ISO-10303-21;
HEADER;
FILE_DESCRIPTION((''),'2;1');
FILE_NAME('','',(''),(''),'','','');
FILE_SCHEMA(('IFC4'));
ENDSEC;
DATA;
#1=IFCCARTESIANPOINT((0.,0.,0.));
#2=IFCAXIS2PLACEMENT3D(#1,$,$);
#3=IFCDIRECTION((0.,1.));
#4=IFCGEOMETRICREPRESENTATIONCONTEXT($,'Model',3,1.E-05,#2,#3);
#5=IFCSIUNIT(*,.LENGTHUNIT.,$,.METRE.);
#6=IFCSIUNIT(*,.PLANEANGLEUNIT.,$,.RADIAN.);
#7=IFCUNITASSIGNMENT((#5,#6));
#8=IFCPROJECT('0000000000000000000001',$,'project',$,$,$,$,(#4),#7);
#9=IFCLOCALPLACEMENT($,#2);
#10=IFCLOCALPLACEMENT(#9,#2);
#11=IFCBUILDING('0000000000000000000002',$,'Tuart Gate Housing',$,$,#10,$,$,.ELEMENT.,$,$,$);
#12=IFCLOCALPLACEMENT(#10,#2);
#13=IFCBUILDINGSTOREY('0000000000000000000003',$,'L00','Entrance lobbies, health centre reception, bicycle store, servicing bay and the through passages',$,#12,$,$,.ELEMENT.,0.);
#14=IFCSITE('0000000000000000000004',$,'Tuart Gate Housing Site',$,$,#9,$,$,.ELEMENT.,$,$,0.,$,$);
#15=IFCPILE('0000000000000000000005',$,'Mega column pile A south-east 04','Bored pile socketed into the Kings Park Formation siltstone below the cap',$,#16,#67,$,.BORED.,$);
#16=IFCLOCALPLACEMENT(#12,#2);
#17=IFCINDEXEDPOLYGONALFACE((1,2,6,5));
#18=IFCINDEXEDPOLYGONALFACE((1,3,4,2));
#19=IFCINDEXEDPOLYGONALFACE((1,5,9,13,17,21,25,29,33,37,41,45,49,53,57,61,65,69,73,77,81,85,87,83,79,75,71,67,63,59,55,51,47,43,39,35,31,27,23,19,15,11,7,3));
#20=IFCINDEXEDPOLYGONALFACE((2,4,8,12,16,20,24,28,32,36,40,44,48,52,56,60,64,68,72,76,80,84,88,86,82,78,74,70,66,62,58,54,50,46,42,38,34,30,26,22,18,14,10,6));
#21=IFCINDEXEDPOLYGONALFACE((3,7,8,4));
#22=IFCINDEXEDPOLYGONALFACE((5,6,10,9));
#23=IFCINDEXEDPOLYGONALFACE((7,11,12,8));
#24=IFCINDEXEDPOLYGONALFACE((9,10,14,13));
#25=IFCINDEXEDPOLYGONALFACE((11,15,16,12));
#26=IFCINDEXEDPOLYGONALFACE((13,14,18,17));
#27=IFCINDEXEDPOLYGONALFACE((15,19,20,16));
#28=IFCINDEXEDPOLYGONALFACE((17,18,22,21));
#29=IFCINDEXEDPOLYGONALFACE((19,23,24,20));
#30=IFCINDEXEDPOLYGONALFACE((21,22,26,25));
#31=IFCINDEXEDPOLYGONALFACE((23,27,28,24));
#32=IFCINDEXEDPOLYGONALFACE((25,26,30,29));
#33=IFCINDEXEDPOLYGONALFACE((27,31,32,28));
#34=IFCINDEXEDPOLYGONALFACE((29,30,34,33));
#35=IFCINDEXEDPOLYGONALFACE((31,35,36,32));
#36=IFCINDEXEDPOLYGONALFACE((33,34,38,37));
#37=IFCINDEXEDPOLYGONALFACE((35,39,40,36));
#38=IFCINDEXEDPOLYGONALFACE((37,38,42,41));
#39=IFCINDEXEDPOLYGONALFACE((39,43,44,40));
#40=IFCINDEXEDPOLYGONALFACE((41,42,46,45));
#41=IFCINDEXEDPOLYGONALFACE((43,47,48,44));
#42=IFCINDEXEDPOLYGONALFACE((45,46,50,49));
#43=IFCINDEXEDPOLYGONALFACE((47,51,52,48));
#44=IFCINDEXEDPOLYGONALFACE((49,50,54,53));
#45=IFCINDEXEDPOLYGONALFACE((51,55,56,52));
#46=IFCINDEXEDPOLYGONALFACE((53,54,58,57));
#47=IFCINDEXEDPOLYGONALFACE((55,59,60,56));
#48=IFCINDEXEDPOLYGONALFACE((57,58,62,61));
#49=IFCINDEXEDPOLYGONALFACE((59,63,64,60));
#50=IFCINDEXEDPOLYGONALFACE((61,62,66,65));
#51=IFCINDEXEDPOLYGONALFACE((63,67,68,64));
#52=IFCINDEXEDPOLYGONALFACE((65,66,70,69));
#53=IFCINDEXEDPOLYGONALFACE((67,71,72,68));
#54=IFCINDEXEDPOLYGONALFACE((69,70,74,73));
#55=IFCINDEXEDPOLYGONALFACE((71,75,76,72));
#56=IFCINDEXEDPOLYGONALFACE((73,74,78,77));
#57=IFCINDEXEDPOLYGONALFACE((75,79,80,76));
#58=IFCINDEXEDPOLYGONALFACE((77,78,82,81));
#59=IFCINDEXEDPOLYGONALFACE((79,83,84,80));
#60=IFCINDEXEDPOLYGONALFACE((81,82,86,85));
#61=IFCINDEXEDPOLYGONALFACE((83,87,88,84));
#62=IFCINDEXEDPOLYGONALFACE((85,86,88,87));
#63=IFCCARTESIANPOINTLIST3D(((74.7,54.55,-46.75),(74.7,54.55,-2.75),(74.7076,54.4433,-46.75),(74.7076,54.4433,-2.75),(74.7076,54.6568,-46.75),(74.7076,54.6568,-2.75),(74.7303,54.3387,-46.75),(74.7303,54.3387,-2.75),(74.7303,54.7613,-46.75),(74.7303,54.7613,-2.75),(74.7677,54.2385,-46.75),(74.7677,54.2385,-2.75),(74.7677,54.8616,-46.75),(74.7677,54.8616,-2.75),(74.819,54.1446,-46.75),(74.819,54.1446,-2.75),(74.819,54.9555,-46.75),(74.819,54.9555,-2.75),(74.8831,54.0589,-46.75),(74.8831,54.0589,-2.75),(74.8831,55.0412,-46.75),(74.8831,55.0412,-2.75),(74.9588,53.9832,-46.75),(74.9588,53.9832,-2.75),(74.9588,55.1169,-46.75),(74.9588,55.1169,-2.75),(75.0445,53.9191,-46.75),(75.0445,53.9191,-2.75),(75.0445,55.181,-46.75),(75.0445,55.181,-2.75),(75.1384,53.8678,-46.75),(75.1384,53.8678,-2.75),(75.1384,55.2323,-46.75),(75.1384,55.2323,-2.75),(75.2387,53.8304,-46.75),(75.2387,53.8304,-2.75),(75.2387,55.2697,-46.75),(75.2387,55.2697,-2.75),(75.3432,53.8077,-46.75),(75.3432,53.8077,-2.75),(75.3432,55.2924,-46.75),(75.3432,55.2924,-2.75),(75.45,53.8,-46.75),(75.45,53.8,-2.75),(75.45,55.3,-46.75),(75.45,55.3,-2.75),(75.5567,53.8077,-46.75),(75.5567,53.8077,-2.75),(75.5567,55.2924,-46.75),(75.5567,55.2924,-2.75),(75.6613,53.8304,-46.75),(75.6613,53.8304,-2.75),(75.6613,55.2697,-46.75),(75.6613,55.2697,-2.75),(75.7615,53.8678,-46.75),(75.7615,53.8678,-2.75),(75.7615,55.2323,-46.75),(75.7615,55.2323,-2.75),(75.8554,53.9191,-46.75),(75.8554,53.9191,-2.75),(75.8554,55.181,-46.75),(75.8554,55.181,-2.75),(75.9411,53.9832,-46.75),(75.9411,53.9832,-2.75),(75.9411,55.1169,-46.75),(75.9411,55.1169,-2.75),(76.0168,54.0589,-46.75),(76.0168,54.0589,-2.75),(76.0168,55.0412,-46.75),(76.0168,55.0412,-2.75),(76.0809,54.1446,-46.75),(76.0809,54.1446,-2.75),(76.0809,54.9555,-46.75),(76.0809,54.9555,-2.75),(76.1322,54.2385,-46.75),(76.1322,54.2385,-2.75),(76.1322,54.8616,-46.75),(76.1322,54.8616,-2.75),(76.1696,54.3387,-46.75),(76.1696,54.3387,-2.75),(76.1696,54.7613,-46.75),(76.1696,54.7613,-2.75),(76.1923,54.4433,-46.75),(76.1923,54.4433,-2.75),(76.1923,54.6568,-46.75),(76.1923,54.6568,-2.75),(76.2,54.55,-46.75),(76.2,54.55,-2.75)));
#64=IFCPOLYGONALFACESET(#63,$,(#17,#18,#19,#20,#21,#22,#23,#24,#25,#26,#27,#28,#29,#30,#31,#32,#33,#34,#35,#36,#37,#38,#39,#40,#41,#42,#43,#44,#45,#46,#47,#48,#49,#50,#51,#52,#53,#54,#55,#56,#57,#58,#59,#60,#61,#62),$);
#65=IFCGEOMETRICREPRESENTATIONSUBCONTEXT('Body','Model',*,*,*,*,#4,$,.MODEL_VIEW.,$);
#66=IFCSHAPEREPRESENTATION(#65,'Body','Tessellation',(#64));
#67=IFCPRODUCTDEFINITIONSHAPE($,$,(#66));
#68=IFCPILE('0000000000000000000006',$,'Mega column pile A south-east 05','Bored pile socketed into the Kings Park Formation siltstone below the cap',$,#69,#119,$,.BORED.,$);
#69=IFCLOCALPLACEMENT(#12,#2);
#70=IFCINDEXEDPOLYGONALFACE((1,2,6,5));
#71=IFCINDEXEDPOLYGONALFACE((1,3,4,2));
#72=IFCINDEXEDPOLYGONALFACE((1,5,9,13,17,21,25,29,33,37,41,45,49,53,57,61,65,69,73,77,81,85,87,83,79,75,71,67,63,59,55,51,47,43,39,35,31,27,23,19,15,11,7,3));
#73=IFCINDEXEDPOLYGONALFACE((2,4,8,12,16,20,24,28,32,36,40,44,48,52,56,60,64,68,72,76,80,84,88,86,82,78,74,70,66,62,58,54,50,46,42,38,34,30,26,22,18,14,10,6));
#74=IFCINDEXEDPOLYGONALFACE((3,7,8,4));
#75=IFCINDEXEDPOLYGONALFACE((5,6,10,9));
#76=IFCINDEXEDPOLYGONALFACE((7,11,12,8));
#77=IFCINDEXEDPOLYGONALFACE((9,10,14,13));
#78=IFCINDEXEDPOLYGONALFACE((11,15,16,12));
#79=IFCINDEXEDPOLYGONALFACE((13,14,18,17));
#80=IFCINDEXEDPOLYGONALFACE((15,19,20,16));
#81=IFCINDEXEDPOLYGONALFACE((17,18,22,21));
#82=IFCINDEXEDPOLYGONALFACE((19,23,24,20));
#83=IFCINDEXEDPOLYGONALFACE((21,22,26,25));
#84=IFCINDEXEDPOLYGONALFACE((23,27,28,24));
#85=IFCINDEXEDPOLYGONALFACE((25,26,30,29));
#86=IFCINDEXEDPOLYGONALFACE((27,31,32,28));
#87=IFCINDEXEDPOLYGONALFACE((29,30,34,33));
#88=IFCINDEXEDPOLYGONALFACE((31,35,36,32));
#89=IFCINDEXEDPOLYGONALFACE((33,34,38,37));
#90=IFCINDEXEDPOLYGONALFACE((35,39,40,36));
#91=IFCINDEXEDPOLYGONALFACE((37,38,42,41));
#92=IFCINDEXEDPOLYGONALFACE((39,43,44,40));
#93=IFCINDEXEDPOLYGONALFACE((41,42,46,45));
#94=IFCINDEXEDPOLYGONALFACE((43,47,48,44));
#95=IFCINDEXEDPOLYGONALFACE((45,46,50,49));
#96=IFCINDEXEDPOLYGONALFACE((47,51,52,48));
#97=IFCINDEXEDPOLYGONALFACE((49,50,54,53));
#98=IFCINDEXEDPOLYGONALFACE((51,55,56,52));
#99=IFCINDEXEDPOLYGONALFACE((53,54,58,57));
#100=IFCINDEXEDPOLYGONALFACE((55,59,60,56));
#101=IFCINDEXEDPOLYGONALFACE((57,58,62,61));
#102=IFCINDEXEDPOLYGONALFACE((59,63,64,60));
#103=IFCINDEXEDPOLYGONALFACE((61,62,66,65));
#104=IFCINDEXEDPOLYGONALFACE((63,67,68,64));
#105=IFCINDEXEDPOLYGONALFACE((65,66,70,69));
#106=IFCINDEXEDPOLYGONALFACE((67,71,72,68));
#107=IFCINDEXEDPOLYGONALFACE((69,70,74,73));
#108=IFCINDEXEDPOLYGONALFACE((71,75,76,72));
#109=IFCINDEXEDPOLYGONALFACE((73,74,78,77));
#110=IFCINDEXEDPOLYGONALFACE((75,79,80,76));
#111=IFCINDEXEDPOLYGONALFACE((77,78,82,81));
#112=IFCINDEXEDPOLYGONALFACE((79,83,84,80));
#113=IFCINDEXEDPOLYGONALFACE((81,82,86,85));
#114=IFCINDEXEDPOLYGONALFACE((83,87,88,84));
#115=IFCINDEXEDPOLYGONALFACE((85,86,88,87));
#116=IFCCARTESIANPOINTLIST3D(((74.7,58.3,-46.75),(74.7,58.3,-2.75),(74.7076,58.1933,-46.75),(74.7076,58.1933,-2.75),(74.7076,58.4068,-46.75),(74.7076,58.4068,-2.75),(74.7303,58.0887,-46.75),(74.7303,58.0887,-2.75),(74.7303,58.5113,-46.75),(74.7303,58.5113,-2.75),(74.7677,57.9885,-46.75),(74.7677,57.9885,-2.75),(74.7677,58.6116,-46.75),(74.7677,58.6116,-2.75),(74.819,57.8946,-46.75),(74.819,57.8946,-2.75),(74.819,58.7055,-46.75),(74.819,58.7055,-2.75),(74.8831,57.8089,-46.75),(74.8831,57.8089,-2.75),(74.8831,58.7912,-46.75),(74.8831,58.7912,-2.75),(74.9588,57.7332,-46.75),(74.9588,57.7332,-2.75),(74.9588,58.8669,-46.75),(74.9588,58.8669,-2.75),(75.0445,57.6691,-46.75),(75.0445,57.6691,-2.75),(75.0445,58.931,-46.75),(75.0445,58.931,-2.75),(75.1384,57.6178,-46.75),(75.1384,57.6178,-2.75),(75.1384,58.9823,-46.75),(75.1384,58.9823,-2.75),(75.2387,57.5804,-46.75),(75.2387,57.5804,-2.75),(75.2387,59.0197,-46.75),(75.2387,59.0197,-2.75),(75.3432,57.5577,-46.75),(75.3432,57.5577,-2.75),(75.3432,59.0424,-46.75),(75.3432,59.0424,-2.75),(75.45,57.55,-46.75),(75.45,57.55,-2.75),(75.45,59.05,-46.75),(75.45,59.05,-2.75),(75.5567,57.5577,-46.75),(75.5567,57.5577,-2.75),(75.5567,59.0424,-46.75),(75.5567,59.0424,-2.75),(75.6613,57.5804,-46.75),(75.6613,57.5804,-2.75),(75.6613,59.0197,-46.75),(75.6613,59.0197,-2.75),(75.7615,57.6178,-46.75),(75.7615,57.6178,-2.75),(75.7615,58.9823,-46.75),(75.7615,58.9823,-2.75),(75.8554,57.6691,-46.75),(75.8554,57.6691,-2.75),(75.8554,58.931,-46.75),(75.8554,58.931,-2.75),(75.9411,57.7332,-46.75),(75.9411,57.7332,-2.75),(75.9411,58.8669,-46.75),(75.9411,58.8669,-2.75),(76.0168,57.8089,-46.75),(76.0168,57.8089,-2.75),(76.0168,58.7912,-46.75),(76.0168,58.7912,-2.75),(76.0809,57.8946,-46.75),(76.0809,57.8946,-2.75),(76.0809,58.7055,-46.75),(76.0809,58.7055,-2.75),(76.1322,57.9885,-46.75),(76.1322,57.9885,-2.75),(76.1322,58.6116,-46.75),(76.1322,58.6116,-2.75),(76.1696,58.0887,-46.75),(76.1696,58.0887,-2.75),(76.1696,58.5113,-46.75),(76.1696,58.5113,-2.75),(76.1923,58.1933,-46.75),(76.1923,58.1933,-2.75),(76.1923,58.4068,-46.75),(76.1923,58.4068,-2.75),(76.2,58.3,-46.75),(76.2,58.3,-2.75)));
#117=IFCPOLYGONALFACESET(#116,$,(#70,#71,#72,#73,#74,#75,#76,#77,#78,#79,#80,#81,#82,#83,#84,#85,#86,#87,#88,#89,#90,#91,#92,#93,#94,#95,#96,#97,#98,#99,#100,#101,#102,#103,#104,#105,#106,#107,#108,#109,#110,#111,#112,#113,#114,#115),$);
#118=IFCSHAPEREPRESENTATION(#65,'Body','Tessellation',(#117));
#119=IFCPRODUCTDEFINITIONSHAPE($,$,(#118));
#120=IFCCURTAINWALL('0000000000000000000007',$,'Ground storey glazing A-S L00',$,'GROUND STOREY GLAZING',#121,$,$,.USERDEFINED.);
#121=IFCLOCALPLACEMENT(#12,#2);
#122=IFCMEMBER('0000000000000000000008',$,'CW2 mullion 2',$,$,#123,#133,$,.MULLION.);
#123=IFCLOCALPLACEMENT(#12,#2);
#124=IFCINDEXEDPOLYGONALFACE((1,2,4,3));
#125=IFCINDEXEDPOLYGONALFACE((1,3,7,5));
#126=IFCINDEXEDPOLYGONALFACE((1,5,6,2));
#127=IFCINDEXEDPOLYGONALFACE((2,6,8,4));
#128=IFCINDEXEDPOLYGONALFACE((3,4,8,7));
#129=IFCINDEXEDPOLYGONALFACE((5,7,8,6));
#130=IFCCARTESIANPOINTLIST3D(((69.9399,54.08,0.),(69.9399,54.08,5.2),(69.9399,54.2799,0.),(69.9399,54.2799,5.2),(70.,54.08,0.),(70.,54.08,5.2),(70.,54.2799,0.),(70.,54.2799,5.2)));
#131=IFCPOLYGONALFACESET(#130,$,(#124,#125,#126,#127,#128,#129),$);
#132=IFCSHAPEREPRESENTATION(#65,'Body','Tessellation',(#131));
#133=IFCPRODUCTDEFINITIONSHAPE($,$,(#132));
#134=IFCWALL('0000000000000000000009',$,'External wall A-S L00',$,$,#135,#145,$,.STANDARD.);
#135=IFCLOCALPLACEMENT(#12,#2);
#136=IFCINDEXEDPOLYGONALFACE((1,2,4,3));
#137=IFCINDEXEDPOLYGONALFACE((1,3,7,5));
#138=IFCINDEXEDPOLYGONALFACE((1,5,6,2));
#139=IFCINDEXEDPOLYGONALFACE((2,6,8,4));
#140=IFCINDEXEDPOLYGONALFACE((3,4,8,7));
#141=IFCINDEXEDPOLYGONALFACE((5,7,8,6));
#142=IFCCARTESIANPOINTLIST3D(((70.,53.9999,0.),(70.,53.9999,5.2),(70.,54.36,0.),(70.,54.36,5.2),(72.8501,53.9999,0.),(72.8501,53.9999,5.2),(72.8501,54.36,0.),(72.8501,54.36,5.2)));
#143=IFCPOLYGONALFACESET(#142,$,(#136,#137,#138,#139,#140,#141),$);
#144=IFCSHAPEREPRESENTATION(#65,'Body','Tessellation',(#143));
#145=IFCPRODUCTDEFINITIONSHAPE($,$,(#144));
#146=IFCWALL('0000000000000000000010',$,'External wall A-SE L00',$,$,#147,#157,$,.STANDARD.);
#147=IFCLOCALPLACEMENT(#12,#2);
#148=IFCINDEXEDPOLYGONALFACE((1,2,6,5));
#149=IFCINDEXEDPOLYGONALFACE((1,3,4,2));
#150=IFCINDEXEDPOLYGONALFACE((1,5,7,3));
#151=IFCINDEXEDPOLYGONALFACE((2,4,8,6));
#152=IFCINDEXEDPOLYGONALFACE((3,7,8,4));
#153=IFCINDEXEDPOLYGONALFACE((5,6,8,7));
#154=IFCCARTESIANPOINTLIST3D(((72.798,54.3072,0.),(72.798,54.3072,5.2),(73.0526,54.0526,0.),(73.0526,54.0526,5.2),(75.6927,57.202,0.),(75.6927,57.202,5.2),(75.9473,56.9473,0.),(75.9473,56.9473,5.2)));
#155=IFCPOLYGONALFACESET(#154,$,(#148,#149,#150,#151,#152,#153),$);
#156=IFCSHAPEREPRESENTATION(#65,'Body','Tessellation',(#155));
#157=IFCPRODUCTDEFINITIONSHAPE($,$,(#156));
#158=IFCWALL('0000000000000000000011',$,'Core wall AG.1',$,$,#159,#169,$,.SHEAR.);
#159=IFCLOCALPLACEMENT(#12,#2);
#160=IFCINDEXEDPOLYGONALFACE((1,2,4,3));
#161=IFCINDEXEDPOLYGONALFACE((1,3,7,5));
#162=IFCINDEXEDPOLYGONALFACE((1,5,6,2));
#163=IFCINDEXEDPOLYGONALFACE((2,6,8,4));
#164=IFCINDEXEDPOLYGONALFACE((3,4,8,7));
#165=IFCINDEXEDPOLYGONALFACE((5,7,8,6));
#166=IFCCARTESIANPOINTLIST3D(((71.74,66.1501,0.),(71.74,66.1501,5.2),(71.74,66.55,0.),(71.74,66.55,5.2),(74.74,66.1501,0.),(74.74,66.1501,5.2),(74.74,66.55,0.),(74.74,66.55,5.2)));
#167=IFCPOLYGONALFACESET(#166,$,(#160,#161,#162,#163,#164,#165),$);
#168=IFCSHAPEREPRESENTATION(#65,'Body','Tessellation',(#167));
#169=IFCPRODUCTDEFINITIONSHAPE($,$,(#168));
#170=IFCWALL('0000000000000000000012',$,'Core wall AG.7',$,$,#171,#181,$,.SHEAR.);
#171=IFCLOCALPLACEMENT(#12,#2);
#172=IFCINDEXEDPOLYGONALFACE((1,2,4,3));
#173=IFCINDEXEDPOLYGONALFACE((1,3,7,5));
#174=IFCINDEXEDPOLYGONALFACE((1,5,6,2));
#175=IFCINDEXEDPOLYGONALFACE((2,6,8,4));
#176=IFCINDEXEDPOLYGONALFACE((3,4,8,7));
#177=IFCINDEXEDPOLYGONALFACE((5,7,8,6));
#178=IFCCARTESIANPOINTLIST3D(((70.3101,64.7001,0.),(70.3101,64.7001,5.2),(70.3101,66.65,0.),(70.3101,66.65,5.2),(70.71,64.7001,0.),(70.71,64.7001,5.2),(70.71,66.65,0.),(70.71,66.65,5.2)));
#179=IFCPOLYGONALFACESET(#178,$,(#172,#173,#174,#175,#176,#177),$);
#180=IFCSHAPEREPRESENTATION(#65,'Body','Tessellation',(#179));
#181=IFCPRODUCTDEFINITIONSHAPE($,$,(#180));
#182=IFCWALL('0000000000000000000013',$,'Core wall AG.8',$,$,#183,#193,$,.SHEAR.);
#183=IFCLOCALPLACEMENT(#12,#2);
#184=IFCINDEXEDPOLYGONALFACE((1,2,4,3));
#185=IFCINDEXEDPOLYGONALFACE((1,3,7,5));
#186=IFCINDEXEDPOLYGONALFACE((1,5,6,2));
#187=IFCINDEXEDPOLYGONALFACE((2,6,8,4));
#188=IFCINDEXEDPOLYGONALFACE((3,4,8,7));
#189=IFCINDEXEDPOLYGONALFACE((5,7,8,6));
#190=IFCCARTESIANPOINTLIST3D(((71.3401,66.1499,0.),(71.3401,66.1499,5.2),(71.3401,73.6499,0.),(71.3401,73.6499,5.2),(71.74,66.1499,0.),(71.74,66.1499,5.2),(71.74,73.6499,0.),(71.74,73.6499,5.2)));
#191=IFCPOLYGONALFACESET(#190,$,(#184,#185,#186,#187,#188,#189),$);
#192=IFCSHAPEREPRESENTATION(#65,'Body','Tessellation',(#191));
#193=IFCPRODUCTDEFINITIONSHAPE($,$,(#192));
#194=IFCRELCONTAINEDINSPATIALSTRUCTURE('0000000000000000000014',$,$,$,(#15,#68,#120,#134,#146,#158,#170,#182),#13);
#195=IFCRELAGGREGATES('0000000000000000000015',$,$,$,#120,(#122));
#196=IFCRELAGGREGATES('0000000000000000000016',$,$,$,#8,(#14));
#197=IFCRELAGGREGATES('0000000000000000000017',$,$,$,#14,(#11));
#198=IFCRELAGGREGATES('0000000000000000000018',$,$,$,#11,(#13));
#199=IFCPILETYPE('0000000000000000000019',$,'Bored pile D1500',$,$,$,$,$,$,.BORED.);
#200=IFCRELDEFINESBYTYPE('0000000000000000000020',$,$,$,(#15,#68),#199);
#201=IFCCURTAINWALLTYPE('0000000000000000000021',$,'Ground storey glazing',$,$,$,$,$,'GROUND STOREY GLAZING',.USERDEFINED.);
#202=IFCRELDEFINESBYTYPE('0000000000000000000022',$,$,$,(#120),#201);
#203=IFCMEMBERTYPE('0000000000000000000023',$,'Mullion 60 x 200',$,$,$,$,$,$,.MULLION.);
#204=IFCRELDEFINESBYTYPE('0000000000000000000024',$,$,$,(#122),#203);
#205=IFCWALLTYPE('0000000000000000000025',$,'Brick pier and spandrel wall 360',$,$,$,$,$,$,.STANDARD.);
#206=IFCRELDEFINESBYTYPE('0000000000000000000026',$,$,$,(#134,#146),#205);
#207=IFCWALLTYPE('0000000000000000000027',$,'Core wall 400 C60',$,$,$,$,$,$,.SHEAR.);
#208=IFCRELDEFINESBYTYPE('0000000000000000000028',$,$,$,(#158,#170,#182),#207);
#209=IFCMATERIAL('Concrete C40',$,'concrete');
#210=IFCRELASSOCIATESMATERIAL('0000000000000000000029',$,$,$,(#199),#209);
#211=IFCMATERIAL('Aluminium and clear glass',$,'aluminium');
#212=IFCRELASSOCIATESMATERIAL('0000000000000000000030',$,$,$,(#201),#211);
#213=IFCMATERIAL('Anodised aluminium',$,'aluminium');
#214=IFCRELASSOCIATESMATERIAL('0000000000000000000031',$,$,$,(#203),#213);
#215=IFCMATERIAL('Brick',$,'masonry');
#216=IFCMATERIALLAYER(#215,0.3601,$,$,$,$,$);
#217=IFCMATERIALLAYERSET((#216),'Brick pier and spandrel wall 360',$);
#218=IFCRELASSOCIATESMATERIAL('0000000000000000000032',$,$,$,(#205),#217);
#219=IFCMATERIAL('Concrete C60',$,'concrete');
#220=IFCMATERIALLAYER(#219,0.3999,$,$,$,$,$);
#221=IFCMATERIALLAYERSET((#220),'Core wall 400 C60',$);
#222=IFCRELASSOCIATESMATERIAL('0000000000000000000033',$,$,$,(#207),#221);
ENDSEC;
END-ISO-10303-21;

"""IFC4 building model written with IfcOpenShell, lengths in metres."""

from ifc_helpers import new_model, si_unit, direction, frame, frame_2d, origin, origin_2d, place, context, subcontext, project, spatial, rectangle, circle, extrude, material, layer, layer_set, material_profile, profile_set, type_object, element, aggregate, save


model = new_model("IFC4")

# Units and contexts
model_context = context("Model", 3, precision=1e-05, world=origin(), true_north=direction((0.0, 1.0)))
body_context = subcontext(model_context, "Body", "Model", "MODEL_VIEW")
ifc_project = project(units=[si_unit("LENGTHUNIT", "METRE"), si_unit("PLANEANGLEUNIT", "RADIAN")], contexts=[model_context])

# Site, building, storey
site_placement = place(None, origin())
site = spatial("IfcSite", under=ifc_project, at=site_placement, Name="Tuart Gate Housing Site", CompositionType="ELEMENT", RefElevation=0.0)
building_placement = place(site_placement, origin())
building = spatial("IfcBuilding", under=site, at=building_placement, Name="Tuart Gate Housing", CompositionType="ELEMENT")
storey_placement = place(building_placement, origin())
storey = spatial("IfcBuildingStorey", under=building, at=storey_placement, Name="L00", Description="Entrance lobbies, health centre reception, bicycle store, servicing bay and the through passages", CompositionType="ELEMENT", Elevation=0.0)

# Piles
ifc_material_1 = material(Name="Concrete C40", Category="concrete")
ifc_material_profile_1 = material_profile(ifc_material_1, circle(Radius=0.75, at=origin_2d()), Name="Bored pile D1500")
ifc_profile_set_1 = profile_set([ifc_material_profile_1], Name="Concrete C40")
pile_type = type_object("IfcPileType", Name="Bored pile D1500", PredefinedType="BORED", material=ifc_profile_set_1)
for number, where, z_axis, x_axis, name in (
    (1, (75.45, 54.55, -2.75), (0.0, 0.0, -1.0), (1.0, 0.0, 0.0), "Mega column pile A south-east 04"),
    (2, (75.45, 58.3, -2.75), (0.0, 0.0, -1.0), (1.0, 0.0, 0.0), "Mega column pile A south-east 05"),
):
    element("IfcPile", number, at=place(storey_placement, frame(where, z_axis=z_axis, x_axis=x_axis)), inside=storey, type_object=pile_type, Name=name, Description="Bored pile socketed into the Kings Park Formation siltstone below the cap", PredefinedType="BORED", context=body_context, shape_type="SweptSolid", body=[
        extrude(circle(Radius=0.75, at=origin_2d()), origin(), (0.0, 0.0, 1.0), 44.0),
    ])

# Curtain wall, member
ifc_material_2 = material(Name="Aluminium and clear glass", Category="aluminium")
curtain_wall_type = type_object("IfcCurtainWallType", Name="Ground storey glazing", ElementType="GROUND STOREY GLAZING", PredefinedType="USERDEFINED", material=ifc_material_2)
curtain_wall_placement = place(storey_placement, origin())
curtain_wall = element("IfcCurtainWall", 3, at=curtain_wall_placement, inside=storey, type_object=curtain_wall_type, Name="Ground storey glazing A-S L00", ObjectType="GROUND STOREY GLAZING", PredefinedType="USERDEFINED")
ifc_material_3 = material(Name="Anodised aluminium", Category="aluminium")
ifc_material_profile_2 = material_profile(ifc_material_3, rectangle(XDim=0.0601, YDim=0.2, at=origin_2d()), Name="60x200")
ifc_profile_set_2 = profile_set([ifc_material_profile_2], Name="Anodised aluminium")
member_type = type_object("IfcMemberType", Name="Mullion 60 x 200", PredefinedType="MULLION", material=ifc_profile_set_2)
member_placement = place(storey_placement, frame((69.97, 54.1799, 0.0), z_axis=(0.0, 0.0, 1.0), x_axis=(1.0, 0.0, 0.0)))
member = element("IfcMember", 4, at=member_placement, type_object=member_type, Name="CW2 mullion 2", PredefinedType="MULLION", context=body_context, shape_type="SweptSolid", body=[
    extrude(rectangle(XDim=0.0601, YDim=0.2, at=origin_2d()), origin(), (0.0, 0.0, 1.0), 5.2),
])
aggregate(curtain_wall, [member])

# Walls
ifc_material_4 = material(Name="Brick", Category="masonry")
ifc_layer_1 = layer(ifc_material_4, 0.3601)
ifc_layer_set_1 = layer_set([ifc_layer_1], Name="Brick pier and spandrel wall 360")
wall_type_1 = type_object("IfcWallType", Name="Brick pier and spandrel wall 360", PredefinedType="STANDARD", material=ifc_layer_set_1)
wall_1_placement = place(storey_placement, frame((70.0, 54.1799, 0.0), z_axis=(0.0, 0.0, 1.0), x_axis=(1.0, 0.0, 0.0)))
element("IfcWall", 5, at=wall_1_placement, inside=storey, type_object=wall_type_1, Name="External wall A-S L00", PredefinedType="STANDARD", context=body_context, shape_type="SweptSolid", body=[
    extrude(rectangle(XDim=2.8501, YDim=0.3601, at=frame_2d((1.425, 0.0))), origin(), (0.0, 0.0, 1.0), 5.2),
])
wall_2_placement = place(storey_placement, frame((72.9253, 54.1799, 0.0), z_axis=(0.0, 0.0, 1.0), x_axis=(0.707107, 0.707107, 0.0)))
element("IfcWall", 6, at=wall_2_placement, inside=storey, type_object=wall_type_1, Name="External wall A-SE L00", PredefinedType="STANDARD", context=body_context, shape_type="SweptSolid", body=[
    extrude(rectangle(XDim=4.0938, YDim=0.3601, at=frame_2d((2.0469, 0.0))), origin(), (0.0, 0.0, 1.0), 5.2),
])
ifc_material_5 = material(Name="Concrete C60", Category="concrete")
ifc_layer_2 = layer(ifc_material_5, 0.3999)
ifc_layer_set_2 = layer_set([ifc_layer_2], Name="Core wall 400 C60")
wall_type_2 = type_object("IfcWallType", Name="Core wall 400 C60", PredefinedType="SHEAR", material=ifc_layer_set_2)
wall_3_placement = place(storey_placement, frame((71.74, 66.3501, 0.0), z_axis=(0.0, 0.0, 1.0), x_axis=(1.0, 0.0, 0.0)))
element("IfcWall", 7, at=wall_3_placement, inside=storey, type_object=wall_type_2, Name="Core wall AG.1", PredefinedType="SHEAR", context=body_context, shape_type="SweptSolid", body=[
    extrude(rectangle(XDim=3.0, YDim=0.3999, at=frame_2d((1.5, 0.0))), origin(), (0.0, 0.0, 1.0), 5.2),
])
wall_4_placement = place(storey_placement, frame((70.51, 64.7, 0.0), z_axis=(0.0, 0.0, 1.0), x_axis=(0.0, 1.0, 0.0)))
element("IfcWall", 8, at=wall_4_placement, inside=storey, type_object=wall_type_2, Name="Core wall AG.7", PredefinedType="SHEAR", context=body_context, shape_type="SweptSolid", body=[
    extrude(rectangle(XDim=1.95, YDim=0.3999, at=frame_2d((0.9751, 0.0))), origin(), (0.0, 0.0, 1.0), 5.2),
])
wall_5_placement = place(storey_placement, frame((71.54, 66.1499, 0.0), z_axis=(0.0, 0.0, 1.0), x_axis=(0.0, 1.0, 0.0)))
element("IfcWall", 9, at=wall_5_placement, inside=storey, type_object=wall_type_2, Name="Core wall AG.8", PredefinedType="SHEAR", context=body_context, shape_type="SweptSolid", body=[
    extrude(rectangle(XDim=7.5, YDim=0.3999, at=frame_2d((3.75, 0.0))), origin(), (0.0, 0.0, 1.0), 5.2),
])

save(model, "model.ifc")
